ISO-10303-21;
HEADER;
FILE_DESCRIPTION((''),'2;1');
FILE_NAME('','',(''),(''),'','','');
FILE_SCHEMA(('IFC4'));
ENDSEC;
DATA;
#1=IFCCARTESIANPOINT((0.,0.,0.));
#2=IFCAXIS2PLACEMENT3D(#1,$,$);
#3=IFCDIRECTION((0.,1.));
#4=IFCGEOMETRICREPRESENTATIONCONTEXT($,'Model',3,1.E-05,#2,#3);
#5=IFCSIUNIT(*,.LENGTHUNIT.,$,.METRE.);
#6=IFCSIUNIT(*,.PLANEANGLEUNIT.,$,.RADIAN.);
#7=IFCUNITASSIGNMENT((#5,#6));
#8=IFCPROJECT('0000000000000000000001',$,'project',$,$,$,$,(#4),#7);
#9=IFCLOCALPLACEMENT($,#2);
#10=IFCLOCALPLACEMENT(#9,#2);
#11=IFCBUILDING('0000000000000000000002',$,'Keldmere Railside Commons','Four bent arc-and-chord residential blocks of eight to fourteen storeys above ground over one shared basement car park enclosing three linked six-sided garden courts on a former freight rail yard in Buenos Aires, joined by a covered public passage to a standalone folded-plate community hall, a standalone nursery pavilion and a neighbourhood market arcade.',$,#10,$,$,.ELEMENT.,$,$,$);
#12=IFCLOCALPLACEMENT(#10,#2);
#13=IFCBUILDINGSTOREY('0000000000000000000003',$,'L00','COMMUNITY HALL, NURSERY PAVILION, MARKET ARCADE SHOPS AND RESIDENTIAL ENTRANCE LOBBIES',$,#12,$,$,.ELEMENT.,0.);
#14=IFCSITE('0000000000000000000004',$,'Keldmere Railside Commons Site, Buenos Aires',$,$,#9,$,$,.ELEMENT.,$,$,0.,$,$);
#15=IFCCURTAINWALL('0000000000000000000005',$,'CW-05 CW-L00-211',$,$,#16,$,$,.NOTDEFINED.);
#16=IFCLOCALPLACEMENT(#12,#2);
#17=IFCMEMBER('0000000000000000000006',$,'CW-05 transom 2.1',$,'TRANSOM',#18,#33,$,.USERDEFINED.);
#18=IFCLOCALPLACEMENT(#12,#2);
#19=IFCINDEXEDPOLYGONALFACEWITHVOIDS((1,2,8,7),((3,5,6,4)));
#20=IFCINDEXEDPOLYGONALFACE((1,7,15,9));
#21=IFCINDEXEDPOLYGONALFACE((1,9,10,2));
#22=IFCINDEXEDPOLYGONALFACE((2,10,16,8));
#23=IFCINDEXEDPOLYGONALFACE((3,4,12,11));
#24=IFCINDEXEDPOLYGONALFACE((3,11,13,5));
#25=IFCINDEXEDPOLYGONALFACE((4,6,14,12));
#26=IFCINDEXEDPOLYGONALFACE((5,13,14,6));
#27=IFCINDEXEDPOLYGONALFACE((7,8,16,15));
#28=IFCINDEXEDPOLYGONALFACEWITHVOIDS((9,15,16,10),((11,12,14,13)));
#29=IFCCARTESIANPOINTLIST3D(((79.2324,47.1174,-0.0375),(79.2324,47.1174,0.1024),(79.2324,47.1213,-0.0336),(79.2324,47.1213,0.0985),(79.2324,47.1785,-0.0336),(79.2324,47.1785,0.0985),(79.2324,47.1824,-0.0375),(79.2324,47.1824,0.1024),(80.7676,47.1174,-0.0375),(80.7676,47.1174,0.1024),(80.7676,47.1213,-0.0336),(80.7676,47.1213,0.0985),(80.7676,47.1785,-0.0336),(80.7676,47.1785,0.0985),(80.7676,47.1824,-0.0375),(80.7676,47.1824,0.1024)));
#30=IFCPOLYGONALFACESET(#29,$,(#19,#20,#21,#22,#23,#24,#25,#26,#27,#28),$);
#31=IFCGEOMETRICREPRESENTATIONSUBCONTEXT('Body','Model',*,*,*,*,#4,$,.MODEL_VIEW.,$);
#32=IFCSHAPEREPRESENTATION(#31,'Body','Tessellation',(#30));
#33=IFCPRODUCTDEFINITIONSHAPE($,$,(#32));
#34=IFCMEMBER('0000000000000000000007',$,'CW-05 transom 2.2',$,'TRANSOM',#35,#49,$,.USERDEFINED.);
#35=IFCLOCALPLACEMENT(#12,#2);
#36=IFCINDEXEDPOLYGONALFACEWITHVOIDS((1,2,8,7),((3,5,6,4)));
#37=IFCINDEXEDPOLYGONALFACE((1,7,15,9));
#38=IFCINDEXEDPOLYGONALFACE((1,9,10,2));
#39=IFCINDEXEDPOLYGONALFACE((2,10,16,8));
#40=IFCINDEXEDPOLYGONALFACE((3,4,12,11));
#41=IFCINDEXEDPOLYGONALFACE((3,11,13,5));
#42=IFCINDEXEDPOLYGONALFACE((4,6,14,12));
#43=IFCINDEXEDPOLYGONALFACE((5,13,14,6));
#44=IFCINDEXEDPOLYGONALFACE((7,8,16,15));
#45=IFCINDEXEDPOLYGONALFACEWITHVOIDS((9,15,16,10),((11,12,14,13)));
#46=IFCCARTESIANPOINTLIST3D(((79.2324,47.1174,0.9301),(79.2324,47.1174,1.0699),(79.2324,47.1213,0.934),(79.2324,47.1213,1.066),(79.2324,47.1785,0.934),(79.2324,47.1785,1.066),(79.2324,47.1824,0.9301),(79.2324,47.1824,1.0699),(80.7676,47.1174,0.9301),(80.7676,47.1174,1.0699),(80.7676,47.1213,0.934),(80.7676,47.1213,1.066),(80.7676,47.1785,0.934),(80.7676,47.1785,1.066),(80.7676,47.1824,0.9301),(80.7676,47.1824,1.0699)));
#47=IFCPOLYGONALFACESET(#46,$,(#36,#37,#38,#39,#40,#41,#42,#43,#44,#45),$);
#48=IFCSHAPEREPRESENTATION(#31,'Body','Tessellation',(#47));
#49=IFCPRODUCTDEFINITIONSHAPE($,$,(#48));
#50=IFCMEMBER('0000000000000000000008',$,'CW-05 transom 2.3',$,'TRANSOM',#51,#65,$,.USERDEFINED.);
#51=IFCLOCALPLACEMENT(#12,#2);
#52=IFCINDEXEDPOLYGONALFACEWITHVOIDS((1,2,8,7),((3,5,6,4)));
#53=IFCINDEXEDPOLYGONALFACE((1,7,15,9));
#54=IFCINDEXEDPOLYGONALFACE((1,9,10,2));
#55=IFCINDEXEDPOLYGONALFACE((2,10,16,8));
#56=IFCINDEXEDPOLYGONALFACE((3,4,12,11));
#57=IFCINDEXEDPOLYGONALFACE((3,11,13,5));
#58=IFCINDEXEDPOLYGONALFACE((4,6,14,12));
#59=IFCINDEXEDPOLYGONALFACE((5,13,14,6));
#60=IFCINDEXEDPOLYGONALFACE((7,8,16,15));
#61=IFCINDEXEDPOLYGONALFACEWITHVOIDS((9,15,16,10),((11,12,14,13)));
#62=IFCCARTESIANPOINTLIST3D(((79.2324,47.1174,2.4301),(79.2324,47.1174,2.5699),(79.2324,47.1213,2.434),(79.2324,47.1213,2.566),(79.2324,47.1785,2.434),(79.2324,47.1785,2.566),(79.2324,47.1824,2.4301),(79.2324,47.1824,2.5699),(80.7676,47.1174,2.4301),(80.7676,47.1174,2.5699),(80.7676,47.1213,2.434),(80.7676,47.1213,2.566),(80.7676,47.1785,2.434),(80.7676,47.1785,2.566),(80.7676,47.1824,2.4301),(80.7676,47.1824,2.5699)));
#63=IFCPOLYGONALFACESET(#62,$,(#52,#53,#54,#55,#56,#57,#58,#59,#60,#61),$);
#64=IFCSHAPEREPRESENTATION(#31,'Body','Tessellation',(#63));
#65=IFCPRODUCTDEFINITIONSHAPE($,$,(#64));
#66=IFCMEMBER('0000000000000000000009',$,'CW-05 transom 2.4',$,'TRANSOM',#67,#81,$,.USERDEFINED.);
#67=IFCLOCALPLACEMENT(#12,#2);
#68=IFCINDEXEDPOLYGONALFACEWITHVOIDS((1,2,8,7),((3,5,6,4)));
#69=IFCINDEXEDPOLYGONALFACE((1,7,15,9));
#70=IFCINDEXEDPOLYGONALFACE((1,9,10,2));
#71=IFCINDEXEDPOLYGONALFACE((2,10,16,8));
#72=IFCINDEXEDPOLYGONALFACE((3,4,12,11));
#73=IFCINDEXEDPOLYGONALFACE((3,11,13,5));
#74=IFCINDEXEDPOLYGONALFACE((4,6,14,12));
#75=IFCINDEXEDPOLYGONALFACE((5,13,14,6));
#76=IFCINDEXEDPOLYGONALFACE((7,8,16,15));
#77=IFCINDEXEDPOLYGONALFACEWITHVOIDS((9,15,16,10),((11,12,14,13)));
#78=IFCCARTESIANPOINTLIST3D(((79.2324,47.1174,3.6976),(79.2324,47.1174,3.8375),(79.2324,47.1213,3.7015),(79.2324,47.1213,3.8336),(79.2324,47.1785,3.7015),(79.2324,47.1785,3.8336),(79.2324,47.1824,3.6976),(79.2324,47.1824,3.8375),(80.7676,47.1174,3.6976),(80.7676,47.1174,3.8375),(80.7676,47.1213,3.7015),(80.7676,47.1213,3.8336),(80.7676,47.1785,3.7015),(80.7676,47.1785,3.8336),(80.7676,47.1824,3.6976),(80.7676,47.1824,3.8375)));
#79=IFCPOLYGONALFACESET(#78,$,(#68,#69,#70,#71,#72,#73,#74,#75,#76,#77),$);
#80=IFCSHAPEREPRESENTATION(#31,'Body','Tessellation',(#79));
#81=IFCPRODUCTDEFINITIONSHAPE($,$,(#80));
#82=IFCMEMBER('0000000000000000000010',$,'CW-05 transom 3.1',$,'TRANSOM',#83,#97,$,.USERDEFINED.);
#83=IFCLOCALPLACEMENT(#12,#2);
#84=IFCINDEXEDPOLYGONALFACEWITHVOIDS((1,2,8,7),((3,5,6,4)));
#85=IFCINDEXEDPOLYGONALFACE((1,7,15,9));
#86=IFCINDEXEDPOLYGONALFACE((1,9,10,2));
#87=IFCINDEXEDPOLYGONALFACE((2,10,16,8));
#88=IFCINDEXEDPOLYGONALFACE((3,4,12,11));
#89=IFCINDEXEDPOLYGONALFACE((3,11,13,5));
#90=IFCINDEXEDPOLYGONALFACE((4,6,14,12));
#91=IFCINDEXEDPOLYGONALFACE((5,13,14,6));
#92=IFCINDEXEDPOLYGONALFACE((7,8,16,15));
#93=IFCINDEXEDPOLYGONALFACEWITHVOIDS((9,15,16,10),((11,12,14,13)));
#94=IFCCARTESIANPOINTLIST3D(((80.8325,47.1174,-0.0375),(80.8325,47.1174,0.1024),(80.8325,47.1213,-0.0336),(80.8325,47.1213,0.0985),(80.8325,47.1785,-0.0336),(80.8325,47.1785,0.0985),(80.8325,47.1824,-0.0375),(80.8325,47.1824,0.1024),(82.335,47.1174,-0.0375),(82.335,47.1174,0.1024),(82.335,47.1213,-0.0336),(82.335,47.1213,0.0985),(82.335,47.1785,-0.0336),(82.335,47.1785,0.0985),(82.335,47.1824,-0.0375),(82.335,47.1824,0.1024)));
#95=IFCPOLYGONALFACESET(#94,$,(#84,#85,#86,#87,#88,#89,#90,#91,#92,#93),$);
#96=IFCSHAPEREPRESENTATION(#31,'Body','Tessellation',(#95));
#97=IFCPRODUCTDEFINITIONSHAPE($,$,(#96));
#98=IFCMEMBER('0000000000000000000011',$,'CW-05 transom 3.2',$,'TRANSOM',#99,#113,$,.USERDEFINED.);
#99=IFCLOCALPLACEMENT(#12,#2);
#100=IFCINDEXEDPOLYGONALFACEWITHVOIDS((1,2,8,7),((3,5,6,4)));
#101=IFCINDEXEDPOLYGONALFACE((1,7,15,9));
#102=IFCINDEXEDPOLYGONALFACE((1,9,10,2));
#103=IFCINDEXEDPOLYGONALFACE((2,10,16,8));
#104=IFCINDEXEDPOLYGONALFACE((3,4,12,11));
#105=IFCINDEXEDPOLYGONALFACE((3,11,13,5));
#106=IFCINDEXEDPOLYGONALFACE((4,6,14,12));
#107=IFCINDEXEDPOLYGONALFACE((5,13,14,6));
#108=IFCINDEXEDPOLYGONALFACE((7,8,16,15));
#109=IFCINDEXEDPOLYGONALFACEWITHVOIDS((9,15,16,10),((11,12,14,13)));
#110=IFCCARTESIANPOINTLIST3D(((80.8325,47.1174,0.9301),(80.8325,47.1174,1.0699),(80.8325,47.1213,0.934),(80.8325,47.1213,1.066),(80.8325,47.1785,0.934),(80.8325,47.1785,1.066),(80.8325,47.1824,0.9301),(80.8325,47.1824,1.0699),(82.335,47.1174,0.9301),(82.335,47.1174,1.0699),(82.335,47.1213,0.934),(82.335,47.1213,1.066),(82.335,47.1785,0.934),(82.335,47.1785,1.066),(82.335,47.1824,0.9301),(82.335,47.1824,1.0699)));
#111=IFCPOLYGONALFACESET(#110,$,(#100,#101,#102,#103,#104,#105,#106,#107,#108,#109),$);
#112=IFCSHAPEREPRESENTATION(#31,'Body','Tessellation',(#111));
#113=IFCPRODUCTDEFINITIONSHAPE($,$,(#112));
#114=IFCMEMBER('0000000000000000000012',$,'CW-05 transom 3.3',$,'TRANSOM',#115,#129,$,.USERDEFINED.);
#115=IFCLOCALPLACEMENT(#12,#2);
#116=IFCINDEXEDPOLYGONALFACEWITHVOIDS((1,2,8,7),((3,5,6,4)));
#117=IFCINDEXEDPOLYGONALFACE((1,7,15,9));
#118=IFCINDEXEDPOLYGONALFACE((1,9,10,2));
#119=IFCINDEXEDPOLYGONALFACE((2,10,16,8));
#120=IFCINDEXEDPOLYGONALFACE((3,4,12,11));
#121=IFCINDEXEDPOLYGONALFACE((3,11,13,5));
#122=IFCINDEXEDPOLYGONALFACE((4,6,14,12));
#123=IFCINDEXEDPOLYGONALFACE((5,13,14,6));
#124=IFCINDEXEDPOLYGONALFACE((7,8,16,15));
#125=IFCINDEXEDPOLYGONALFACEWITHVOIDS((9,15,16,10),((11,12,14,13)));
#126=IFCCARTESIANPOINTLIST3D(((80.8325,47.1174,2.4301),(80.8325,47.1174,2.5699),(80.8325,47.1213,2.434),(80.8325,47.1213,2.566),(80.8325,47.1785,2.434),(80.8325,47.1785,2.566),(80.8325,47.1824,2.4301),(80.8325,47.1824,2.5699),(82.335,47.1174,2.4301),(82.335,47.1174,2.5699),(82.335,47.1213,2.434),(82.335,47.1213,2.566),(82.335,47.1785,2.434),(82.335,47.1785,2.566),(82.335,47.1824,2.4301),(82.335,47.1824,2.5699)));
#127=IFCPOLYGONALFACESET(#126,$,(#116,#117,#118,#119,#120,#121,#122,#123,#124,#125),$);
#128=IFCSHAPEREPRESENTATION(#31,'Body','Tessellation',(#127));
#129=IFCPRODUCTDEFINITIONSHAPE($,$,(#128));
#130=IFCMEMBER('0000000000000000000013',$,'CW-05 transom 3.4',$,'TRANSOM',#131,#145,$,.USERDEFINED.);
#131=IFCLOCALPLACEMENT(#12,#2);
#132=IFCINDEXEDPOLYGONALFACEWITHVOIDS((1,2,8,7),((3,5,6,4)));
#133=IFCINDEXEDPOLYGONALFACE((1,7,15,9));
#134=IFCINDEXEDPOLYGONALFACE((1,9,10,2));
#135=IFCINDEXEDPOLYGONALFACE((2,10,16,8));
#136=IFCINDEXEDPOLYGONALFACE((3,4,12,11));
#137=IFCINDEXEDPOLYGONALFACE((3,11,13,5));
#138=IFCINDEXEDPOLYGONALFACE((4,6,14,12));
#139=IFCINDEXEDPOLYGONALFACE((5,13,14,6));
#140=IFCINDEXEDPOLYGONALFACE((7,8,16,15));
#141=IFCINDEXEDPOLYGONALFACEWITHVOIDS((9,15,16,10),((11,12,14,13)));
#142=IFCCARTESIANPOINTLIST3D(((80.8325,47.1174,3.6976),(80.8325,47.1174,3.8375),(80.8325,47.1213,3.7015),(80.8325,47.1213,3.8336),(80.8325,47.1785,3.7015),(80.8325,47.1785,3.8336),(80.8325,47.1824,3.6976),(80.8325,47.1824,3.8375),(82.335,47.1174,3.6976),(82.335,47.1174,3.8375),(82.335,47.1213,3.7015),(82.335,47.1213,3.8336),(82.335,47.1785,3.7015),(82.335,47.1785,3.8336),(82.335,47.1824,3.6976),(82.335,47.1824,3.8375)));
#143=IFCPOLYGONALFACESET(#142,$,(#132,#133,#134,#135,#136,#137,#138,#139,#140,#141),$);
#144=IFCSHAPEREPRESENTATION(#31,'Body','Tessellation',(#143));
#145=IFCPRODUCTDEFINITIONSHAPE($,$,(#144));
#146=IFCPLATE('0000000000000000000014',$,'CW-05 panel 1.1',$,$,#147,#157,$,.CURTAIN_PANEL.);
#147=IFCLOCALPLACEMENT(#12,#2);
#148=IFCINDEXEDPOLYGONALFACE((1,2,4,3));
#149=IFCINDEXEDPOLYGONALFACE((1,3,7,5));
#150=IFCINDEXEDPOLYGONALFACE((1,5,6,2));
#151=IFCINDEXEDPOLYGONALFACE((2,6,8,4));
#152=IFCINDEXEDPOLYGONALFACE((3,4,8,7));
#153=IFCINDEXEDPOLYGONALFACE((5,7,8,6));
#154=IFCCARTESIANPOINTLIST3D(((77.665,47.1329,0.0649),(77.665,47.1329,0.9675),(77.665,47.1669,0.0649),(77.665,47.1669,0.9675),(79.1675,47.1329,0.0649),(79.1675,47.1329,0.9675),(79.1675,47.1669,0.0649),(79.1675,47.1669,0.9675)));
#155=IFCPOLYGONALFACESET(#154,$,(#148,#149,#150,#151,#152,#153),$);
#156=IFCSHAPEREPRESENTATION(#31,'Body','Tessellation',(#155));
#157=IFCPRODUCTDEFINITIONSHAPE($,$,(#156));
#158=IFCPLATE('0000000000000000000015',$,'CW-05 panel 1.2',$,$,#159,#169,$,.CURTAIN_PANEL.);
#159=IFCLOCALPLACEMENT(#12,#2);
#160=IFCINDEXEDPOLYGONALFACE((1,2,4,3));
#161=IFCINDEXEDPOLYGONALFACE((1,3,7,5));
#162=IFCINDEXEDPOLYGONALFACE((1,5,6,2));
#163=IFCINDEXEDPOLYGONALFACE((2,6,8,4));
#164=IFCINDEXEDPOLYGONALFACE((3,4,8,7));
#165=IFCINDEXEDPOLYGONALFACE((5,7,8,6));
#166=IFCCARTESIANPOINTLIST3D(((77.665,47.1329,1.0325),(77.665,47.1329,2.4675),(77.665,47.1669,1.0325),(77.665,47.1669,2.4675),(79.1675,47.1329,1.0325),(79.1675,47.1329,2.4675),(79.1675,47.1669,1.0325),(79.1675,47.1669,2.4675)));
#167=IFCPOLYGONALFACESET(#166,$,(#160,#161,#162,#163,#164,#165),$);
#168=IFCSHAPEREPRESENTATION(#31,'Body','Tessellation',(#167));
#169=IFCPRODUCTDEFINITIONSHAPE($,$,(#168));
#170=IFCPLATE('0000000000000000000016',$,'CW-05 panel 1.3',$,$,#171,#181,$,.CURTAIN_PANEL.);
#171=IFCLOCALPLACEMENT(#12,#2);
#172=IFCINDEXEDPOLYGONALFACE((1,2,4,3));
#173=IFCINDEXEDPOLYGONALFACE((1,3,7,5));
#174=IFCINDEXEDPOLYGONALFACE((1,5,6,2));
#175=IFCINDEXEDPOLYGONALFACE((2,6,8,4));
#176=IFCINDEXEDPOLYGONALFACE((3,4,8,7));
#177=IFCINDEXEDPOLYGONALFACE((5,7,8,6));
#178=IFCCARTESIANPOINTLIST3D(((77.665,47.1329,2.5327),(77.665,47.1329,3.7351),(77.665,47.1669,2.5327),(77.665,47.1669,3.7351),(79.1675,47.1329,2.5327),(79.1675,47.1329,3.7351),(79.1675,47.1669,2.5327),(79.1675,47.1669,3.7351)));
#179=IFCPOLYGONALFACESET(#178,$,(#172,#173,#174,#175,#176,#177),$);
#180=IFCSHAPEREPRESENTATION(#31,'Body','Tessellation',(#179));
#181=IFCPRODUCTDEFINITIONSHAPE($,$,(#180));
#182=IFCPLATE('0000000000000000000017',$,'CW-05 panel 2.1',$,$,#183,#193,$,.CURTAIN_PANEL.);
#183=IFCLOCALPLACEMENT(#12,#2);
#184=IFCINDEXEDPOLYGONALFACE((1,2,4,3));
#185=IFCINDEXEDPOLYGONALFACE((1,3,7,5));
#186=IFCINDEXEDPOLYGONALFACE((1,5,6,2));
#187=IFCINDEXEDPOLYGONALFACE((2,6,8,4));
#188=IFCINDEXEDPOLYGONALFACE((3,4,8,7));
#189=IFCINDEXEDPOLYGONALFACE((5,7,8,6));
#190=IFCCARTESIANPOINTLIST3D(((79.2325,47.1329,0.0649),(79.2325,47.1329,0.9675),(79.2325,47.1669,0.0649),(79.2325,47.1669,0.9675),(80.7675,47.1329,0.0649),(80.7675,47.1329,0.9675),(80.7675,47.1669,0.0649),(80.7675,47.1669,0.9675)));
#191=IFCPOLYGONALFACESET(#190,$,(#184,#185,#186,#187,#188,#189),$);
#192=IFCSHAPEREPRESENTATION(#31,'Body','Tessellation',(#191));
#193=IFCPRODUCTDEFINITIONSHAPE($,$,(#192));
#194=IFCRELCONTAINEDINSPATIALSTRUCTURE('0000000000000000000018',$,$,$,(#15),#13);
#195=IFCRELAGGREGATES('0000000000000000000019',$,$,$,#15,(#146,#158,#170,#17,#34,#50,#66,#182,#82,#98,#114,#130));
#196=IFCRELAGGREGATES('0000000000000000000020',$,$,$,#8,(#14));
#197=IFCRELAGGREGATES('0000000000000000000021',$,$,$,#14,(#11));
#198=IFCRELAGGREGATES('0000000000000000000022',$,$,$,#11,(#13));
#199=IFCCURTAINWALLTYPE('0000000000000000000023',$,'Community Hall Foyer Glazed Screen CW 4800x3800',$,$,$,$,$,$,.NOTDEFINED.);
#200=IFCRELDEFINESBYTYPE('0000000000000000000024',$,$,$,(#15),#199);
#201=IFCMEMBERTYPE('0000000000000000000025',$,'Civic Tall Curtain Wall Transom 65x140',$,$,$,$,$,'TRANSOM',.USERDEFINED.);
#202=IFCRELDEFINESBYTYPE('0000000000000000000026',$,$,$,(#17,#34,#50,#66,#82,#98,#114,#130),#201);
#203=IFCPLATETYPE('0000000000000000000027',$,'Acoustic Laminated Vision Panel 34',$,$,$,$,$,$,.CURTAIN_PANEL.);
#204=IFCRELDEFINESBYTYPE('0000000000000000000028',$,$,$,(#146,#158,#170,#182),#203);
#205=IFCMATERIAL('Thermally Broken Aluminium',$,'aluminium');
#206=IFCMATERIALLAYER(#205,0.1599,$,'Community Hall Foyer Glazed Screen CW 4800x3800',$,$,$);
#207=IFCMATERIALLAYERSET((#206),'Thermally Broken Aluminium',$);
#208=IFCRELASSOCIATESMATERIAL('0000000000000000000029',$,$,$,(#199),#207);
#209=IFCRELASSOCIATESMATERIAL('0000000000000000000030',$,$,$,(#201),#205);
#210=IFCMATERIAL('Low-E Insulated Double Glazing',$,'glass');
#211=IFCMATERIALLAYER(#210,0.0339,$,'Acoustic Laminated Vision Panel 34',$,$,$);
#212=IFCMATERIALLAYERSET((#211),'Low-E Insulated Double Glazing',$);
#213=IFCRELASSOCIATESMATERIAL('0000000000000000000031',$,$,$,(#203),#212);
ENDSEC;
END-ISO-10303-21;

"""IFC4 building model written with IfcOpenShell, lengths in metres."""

from ifc_helpers import new_model, si_unit, direction, frame, origin, origin_2d, place, context, subcontext, project, spatial, rectangle, hollow_rectangle, extrude, material, layer, layer_set, material_profile, profile_set, type_object, element, aggregate, save


model = new_model("IFC4")

# Units and contexts
model_context = context("Model", 3, precision=1e-05, world=origin(), true_north=direction((0.0, 1.0)))
body_context = subcontext(model_context, "Body", "Model", "MODEL_VIEW")
ifc_project = project(units=[si_unit("LENGTHUNIT", "METRE"), si_unit("PLANEANGLEUNIT", "RADIAN")], contexts=[model_context])

# Site, building, storey
site_placement = place(None, origin())
site = spatial("IfcSite", under=ifc_project, at=site_placement, Name="Keldmere Railside Commons Site, Buenos Aires", CompositionType="ELEMENT", RefElevation=0.0)
building_placement = place(site_placement, origin())
building = spatial("IfcBuilding", under=site, at=building_placement, Name="Keldmere Railside Commons", Description="Four bent arc-and-chord residential blocks of eight to fourteen storeys above ground over one shared basement car park enclosing three linked six-sided garden courts on a former freight rail yard in Buenos Aires, joined by a covered public passage to a standalone folded-plate community hall, a standalone nursery pavilion and a neighbourhood market arcade.", CompositionType="ELEMENT")
storey_placement = place(building_placement, origin())
storey = spatial("IfcBuildingStorey", under=building, at=storey_placement, Name="L00", Description="COMMUNITY HALL, NURSERY PAVILION, MARKET ARCADE SHOPS AND RESIDENTIAL ENTRANCE LOBBIES", CompositionType="ELEMENT", Elevation=0.0)

# Curtain wall, members, plates
ifc_material_1 = material(Name="Thermally Broken Aluminium", Category="aluminium")
ifc_layer_1 = layer(ifc_material_1, 0.1599, Name="Community Hall Foyer Glazed Screen CW 4800x3800")
ifc_layer_set_1 = layer_set([ifc_layer_1], Name="Thermally Broken Aluminium")
curtain_wall_type = type_object("IfcCurtainWallType", Name="Community Hall Foyer Glazed Screen CW 4800x3800", PredefinedType="NOTDEFINED", material=ifc_layer_set_1)
curtain_wall_placement = place(storey_placement, origin())
curtain_wall = element("IfcCurtainWall", 1, at=curtain_wall_placement, inside=storey, type_object=curtain_wall_type, Name="CW-05 CW-L00-211", PredefinedType="NOTDEFINED")
ifc_material_profile_1 = material_profile(ifc_material_1, hollow_rectangle(XDim=0.0649, YDim=0.1399, WallThickness=0.0039, at=origin_2d()), Name="ALU-TRAN-65x140")
ifc_profile_set_1 = profile_set([ifc_material_profile_1], Name="Thermally Broken Aluminium")
member_type_1 = type_object("IfcMemberType", Name="Civic Tall Curtain Wall Transom 65x140", ElementType="TRANSOM", PredefinedType="USERDEFINED", material=ifc_profile_set_1)
member_1_placement = place(storey_placement, frame((79.2324, 47.1499, 0.0325), z_axis=(1.0, 0.0, 0.0), x_axis=(0.0, 1.0, 0.0)))
member_1 = element("IfcMember", 2, at=member_1_placement, type_object=member_type_1, Name="CW-05 transom 2.1", ObjectType="TRANSOM", PredefinedType="USERDEFINED", context=body_context, shape_type="SweptSolid", body=[
    extrude(hollow_rectangle(XDim=0.0649, YDim=0.1399, WallThickness=0.0039, at=origin_2d()), origin(), (0.0, 0.0, 1.0), 1.5352),
])
member_2_placement = place(storey_placement, frame((79.2324, 47.1499, 1.0), z_axis=(1.0, 0.0, 0.0), x_axis=(0.0, 1.0, 0.0)))
member_2 = element("IfcMember", 3, at=member_2_placement, type_object=member_type_1, Name="CW-05 transom 2.2", ObjectType="TRANSOM", PredefinedType="USERDEFINED", context=body_context, shape_type="SweptSolid", body=[
    extrude(hollow_rectangle(XDim=0.0649, YDim=0.1399, WallThickness=0.0039, at=origin_2d()), origin(), (0.0, 0.0, 1.0), 1.5352),
])
member_3_placement = place(storey_placement, frame((79.2324, 47.1499, 2.5), z_axis=(1.0, 0.0, 0.0), x_axis=(0.0, 1.0, 0.0)))
member_3 = element("IfcMember", 4, at=member_3_placement, type_object=member_type_1, Name="CW-05 transom 2.3", ObjectType="TRANSOM", PredefinedType="USERDEFINED", context=body_context, shape_type="SweptSolid", body=[
    extrude(hollow_rectangle(XDim=0.0649, YDim=0.1399, WallThickness=0.0039, at=origin_2d()), origin(), (0.0, 0.0, 1.0), 1.5352),
])
member_4_placement = place(storey_placement, frame((79.2324, 47.1499, 3.7676), z_axis=(1.0, 0.0, 0.0), x_axis=(0.0, 1.0, 0.0)))
member_4 = element("IfcMember", 5, at=member_4_placement, type_object=member_type_1, Name="CW-05 transom 2.4", ObjectType="TRANSOM", PredefinedType="USERDEFINED", context=body_context, shape_type="SweptSolid", body=[
    extrude(hollow_rectangle(XDim=0.0649, YDim=0.1399, WallThickness=0.0039, at=origin_2d()), origin(), (0.0, 0.0, 1.0), 1.5352),
])
member_5_placement = place(storey_placement, frame((80.8325, 47.1499, 0.0325), z_axis=(1.0, 0.0, 0.0), x_axis=(0.0, 1.0, 0.0)))
member_5 = element("IfcMember", 6, at=member_5_placement, type_object=member_type_1, Name="CW-05 transom 3.1", ObjectType="TRANSOM", PredefinedType="USERDEFINED", context=body_context, shape_type="SweptSolid", body=[
    extrude(hollow_rectangle(XDim=0.0649, YDim=0.1399, WallThickness=0.0039, at=origin_2d()), origin(), (0.0, 0.0, 1.0), 1.5024),
])
member_6_placement = place(storey_placement, frame((80.8325, 47.1499, 1.0), z_axis=(1.0, 0.0, 0.0), x_axis=(0.0, 1.0, 0.0)))
member_6 = element("IfcMember", 7, at=member_6_placement, type_object=member_type_1, Name="CW-05 transom 3.2", ObjectType="TRANSOM", PredefinedType="USERDEFINED", context=body_context, shape_type="SweptSolid", body=[
    extrude(hollow_rectangle(XDim=0.0649, YDim=0.1399, WallThickness=0.0039, at=origin_2d()), origin(), (0.0, 0.0, 1.0), 1.5024),
])
member_7_placement = place(storey_placement, frame((80.8325, 47.1499, 2.5), z_axis=(1.0, 0.0, 0.0), x_axis=(0.0, 1.0, 0.0)))
member_7 = element("IfcMember", 8, at=member_7_placement, type_object=member_type_1, Name="CW-05 transom 3.3", ObjectType="TRANSOM", PredefinedType="USERDEFINED", context=body_context, shape_type="SweptSolid", body=[
    extrude(hollow_rectangle(XDim=0.0649, YDim=0.1399, WallThickness=0.0039, at=origin_2d()), origin(), (0.0, 0.0, 1.0), 1.5024),
])
member_8_placement = place(storey_placement, frame((80.8325, 47.1499, 3.7676), z_axis=(1.0, 0.0, 0.0), x_axis=(0.0, 1.0, 0.0)))
member_8 = element("IfcMember", 9, at=member_8_placement, type_object=member_type_1, Name="CW-05 transom 3.4", ObjectType="TRANSOM", PredefinedType="USERDEFINED", context=body_context, shape_type="SweptSolid", body=[
    extrude(hollow_rectangle(XDim=0.0649, YDim=0.1399, WallThickness=0.0039, at=origin_2d()), origin(), (0.0, 0.0, 1.0), 1.5024),
])
ifc_material_2 = material(Name="Low-E Insulated Double Glazing", Category="glass")
ifc_layer_2 = layer(ifc_material_2, 0.0339, Name="Acoustic Laminated Vision Panel 34")
ifc_layer_set_2 = layer_set([ifc_layer_2], Name="Low-E Insulated Double Glazing")
plate_type = type_object("IfcPlateType", Name="Acoustic Laminated Vision Panel 34", PredefinedType="CURTAIN_PANEL", material=ifc_layer_set_2)
plate_1_placement = place(storey_placement, frame((78.4163, 47.1499, 0.0649), z_axis=(0.0, 0.0, 1.0), x_axis=(1.0, 0.0, 0.0)))
plate_1 = element("IfcPlate", 10, at=plate_1_placement, type_object=plate_type, Name="CW-05 panel 1.1", PredefinedType="CURTAIN_PANEL", context=body_context, shape_type="SweptSolid", body=[
    extrude(rectangle(XDim=1.5024, YDim=0.0339, at=origin_2d()), origin(), (0.0, 0.0, 1.0), 0.9026),
])
plate_2_placement = place(storey_placement, frame((78.4163, 47.1499, 1.0325), z_axis=(0.0, 0.0, 1.0), x_axis=(1.0, 0.0, 0.0)))
plate_2 = element("IfcPlate", 11, at=plate_2_placement, type_object=plate_type, Name="CW-05 panel 1.2", PredefinedType="CURTAIN_PANEL", context=body_context, shape_type="SweptSolid", body=[
    extrude(rectangle(XDim=1.5024, YDim=0.0339, at=origin_2d()), origin(), (0.0, 0.0, 1.0), 1.4351),
])
plate_3_placement = place(storey_placement, frame((78.4163, 47.1499, 2.5327), z_axis=(0.0, 0.0, 1.0), x_axis=(1.0, 0.0, 0.0)))
plate_3 = element("IfcPlate", 12, at=plate_3_placement, type_object=plate_type, Name="CW-05 panel 1.3", PredefinedType="CURTAIN_PANEL", context=body_context, shape_type="SweptSolid", body=[
    extrude(rectangle(XDim=1.5024, YDim=0.0339, at=origin_2d()), origin(), (0.0, 0.0, 1.0), 1.2024),
])
plate_4_placement = place(storey_placement, frame((80.0, 47.1499, 0.0649), z_axis=(0.0, 0.0, 1.0), x_axis=(1.0, 0.0, 0.0)))
plate_4 = element("IfcPlate", 13, at=plate_4_placement, type_object=plate_type, Name="CW-05 panel 2.1", PredefinedType="CURTAIN_PANEL", context=body_context, shape_type="SweptSolid", body=[
    extrude(rectangle(XDim=1.5349, YDim=0.0339, at=origin_2d()), origin(), (0.0, 0.0, 1.0), 0.9026),
])
aggregate(curtain_wall, [plate_1, plate_2, plate_3, member_1, member_2, member_3, member_4, plate_4, member_5, member_6, member_7, member_8])

save(model, "model.ifc")
